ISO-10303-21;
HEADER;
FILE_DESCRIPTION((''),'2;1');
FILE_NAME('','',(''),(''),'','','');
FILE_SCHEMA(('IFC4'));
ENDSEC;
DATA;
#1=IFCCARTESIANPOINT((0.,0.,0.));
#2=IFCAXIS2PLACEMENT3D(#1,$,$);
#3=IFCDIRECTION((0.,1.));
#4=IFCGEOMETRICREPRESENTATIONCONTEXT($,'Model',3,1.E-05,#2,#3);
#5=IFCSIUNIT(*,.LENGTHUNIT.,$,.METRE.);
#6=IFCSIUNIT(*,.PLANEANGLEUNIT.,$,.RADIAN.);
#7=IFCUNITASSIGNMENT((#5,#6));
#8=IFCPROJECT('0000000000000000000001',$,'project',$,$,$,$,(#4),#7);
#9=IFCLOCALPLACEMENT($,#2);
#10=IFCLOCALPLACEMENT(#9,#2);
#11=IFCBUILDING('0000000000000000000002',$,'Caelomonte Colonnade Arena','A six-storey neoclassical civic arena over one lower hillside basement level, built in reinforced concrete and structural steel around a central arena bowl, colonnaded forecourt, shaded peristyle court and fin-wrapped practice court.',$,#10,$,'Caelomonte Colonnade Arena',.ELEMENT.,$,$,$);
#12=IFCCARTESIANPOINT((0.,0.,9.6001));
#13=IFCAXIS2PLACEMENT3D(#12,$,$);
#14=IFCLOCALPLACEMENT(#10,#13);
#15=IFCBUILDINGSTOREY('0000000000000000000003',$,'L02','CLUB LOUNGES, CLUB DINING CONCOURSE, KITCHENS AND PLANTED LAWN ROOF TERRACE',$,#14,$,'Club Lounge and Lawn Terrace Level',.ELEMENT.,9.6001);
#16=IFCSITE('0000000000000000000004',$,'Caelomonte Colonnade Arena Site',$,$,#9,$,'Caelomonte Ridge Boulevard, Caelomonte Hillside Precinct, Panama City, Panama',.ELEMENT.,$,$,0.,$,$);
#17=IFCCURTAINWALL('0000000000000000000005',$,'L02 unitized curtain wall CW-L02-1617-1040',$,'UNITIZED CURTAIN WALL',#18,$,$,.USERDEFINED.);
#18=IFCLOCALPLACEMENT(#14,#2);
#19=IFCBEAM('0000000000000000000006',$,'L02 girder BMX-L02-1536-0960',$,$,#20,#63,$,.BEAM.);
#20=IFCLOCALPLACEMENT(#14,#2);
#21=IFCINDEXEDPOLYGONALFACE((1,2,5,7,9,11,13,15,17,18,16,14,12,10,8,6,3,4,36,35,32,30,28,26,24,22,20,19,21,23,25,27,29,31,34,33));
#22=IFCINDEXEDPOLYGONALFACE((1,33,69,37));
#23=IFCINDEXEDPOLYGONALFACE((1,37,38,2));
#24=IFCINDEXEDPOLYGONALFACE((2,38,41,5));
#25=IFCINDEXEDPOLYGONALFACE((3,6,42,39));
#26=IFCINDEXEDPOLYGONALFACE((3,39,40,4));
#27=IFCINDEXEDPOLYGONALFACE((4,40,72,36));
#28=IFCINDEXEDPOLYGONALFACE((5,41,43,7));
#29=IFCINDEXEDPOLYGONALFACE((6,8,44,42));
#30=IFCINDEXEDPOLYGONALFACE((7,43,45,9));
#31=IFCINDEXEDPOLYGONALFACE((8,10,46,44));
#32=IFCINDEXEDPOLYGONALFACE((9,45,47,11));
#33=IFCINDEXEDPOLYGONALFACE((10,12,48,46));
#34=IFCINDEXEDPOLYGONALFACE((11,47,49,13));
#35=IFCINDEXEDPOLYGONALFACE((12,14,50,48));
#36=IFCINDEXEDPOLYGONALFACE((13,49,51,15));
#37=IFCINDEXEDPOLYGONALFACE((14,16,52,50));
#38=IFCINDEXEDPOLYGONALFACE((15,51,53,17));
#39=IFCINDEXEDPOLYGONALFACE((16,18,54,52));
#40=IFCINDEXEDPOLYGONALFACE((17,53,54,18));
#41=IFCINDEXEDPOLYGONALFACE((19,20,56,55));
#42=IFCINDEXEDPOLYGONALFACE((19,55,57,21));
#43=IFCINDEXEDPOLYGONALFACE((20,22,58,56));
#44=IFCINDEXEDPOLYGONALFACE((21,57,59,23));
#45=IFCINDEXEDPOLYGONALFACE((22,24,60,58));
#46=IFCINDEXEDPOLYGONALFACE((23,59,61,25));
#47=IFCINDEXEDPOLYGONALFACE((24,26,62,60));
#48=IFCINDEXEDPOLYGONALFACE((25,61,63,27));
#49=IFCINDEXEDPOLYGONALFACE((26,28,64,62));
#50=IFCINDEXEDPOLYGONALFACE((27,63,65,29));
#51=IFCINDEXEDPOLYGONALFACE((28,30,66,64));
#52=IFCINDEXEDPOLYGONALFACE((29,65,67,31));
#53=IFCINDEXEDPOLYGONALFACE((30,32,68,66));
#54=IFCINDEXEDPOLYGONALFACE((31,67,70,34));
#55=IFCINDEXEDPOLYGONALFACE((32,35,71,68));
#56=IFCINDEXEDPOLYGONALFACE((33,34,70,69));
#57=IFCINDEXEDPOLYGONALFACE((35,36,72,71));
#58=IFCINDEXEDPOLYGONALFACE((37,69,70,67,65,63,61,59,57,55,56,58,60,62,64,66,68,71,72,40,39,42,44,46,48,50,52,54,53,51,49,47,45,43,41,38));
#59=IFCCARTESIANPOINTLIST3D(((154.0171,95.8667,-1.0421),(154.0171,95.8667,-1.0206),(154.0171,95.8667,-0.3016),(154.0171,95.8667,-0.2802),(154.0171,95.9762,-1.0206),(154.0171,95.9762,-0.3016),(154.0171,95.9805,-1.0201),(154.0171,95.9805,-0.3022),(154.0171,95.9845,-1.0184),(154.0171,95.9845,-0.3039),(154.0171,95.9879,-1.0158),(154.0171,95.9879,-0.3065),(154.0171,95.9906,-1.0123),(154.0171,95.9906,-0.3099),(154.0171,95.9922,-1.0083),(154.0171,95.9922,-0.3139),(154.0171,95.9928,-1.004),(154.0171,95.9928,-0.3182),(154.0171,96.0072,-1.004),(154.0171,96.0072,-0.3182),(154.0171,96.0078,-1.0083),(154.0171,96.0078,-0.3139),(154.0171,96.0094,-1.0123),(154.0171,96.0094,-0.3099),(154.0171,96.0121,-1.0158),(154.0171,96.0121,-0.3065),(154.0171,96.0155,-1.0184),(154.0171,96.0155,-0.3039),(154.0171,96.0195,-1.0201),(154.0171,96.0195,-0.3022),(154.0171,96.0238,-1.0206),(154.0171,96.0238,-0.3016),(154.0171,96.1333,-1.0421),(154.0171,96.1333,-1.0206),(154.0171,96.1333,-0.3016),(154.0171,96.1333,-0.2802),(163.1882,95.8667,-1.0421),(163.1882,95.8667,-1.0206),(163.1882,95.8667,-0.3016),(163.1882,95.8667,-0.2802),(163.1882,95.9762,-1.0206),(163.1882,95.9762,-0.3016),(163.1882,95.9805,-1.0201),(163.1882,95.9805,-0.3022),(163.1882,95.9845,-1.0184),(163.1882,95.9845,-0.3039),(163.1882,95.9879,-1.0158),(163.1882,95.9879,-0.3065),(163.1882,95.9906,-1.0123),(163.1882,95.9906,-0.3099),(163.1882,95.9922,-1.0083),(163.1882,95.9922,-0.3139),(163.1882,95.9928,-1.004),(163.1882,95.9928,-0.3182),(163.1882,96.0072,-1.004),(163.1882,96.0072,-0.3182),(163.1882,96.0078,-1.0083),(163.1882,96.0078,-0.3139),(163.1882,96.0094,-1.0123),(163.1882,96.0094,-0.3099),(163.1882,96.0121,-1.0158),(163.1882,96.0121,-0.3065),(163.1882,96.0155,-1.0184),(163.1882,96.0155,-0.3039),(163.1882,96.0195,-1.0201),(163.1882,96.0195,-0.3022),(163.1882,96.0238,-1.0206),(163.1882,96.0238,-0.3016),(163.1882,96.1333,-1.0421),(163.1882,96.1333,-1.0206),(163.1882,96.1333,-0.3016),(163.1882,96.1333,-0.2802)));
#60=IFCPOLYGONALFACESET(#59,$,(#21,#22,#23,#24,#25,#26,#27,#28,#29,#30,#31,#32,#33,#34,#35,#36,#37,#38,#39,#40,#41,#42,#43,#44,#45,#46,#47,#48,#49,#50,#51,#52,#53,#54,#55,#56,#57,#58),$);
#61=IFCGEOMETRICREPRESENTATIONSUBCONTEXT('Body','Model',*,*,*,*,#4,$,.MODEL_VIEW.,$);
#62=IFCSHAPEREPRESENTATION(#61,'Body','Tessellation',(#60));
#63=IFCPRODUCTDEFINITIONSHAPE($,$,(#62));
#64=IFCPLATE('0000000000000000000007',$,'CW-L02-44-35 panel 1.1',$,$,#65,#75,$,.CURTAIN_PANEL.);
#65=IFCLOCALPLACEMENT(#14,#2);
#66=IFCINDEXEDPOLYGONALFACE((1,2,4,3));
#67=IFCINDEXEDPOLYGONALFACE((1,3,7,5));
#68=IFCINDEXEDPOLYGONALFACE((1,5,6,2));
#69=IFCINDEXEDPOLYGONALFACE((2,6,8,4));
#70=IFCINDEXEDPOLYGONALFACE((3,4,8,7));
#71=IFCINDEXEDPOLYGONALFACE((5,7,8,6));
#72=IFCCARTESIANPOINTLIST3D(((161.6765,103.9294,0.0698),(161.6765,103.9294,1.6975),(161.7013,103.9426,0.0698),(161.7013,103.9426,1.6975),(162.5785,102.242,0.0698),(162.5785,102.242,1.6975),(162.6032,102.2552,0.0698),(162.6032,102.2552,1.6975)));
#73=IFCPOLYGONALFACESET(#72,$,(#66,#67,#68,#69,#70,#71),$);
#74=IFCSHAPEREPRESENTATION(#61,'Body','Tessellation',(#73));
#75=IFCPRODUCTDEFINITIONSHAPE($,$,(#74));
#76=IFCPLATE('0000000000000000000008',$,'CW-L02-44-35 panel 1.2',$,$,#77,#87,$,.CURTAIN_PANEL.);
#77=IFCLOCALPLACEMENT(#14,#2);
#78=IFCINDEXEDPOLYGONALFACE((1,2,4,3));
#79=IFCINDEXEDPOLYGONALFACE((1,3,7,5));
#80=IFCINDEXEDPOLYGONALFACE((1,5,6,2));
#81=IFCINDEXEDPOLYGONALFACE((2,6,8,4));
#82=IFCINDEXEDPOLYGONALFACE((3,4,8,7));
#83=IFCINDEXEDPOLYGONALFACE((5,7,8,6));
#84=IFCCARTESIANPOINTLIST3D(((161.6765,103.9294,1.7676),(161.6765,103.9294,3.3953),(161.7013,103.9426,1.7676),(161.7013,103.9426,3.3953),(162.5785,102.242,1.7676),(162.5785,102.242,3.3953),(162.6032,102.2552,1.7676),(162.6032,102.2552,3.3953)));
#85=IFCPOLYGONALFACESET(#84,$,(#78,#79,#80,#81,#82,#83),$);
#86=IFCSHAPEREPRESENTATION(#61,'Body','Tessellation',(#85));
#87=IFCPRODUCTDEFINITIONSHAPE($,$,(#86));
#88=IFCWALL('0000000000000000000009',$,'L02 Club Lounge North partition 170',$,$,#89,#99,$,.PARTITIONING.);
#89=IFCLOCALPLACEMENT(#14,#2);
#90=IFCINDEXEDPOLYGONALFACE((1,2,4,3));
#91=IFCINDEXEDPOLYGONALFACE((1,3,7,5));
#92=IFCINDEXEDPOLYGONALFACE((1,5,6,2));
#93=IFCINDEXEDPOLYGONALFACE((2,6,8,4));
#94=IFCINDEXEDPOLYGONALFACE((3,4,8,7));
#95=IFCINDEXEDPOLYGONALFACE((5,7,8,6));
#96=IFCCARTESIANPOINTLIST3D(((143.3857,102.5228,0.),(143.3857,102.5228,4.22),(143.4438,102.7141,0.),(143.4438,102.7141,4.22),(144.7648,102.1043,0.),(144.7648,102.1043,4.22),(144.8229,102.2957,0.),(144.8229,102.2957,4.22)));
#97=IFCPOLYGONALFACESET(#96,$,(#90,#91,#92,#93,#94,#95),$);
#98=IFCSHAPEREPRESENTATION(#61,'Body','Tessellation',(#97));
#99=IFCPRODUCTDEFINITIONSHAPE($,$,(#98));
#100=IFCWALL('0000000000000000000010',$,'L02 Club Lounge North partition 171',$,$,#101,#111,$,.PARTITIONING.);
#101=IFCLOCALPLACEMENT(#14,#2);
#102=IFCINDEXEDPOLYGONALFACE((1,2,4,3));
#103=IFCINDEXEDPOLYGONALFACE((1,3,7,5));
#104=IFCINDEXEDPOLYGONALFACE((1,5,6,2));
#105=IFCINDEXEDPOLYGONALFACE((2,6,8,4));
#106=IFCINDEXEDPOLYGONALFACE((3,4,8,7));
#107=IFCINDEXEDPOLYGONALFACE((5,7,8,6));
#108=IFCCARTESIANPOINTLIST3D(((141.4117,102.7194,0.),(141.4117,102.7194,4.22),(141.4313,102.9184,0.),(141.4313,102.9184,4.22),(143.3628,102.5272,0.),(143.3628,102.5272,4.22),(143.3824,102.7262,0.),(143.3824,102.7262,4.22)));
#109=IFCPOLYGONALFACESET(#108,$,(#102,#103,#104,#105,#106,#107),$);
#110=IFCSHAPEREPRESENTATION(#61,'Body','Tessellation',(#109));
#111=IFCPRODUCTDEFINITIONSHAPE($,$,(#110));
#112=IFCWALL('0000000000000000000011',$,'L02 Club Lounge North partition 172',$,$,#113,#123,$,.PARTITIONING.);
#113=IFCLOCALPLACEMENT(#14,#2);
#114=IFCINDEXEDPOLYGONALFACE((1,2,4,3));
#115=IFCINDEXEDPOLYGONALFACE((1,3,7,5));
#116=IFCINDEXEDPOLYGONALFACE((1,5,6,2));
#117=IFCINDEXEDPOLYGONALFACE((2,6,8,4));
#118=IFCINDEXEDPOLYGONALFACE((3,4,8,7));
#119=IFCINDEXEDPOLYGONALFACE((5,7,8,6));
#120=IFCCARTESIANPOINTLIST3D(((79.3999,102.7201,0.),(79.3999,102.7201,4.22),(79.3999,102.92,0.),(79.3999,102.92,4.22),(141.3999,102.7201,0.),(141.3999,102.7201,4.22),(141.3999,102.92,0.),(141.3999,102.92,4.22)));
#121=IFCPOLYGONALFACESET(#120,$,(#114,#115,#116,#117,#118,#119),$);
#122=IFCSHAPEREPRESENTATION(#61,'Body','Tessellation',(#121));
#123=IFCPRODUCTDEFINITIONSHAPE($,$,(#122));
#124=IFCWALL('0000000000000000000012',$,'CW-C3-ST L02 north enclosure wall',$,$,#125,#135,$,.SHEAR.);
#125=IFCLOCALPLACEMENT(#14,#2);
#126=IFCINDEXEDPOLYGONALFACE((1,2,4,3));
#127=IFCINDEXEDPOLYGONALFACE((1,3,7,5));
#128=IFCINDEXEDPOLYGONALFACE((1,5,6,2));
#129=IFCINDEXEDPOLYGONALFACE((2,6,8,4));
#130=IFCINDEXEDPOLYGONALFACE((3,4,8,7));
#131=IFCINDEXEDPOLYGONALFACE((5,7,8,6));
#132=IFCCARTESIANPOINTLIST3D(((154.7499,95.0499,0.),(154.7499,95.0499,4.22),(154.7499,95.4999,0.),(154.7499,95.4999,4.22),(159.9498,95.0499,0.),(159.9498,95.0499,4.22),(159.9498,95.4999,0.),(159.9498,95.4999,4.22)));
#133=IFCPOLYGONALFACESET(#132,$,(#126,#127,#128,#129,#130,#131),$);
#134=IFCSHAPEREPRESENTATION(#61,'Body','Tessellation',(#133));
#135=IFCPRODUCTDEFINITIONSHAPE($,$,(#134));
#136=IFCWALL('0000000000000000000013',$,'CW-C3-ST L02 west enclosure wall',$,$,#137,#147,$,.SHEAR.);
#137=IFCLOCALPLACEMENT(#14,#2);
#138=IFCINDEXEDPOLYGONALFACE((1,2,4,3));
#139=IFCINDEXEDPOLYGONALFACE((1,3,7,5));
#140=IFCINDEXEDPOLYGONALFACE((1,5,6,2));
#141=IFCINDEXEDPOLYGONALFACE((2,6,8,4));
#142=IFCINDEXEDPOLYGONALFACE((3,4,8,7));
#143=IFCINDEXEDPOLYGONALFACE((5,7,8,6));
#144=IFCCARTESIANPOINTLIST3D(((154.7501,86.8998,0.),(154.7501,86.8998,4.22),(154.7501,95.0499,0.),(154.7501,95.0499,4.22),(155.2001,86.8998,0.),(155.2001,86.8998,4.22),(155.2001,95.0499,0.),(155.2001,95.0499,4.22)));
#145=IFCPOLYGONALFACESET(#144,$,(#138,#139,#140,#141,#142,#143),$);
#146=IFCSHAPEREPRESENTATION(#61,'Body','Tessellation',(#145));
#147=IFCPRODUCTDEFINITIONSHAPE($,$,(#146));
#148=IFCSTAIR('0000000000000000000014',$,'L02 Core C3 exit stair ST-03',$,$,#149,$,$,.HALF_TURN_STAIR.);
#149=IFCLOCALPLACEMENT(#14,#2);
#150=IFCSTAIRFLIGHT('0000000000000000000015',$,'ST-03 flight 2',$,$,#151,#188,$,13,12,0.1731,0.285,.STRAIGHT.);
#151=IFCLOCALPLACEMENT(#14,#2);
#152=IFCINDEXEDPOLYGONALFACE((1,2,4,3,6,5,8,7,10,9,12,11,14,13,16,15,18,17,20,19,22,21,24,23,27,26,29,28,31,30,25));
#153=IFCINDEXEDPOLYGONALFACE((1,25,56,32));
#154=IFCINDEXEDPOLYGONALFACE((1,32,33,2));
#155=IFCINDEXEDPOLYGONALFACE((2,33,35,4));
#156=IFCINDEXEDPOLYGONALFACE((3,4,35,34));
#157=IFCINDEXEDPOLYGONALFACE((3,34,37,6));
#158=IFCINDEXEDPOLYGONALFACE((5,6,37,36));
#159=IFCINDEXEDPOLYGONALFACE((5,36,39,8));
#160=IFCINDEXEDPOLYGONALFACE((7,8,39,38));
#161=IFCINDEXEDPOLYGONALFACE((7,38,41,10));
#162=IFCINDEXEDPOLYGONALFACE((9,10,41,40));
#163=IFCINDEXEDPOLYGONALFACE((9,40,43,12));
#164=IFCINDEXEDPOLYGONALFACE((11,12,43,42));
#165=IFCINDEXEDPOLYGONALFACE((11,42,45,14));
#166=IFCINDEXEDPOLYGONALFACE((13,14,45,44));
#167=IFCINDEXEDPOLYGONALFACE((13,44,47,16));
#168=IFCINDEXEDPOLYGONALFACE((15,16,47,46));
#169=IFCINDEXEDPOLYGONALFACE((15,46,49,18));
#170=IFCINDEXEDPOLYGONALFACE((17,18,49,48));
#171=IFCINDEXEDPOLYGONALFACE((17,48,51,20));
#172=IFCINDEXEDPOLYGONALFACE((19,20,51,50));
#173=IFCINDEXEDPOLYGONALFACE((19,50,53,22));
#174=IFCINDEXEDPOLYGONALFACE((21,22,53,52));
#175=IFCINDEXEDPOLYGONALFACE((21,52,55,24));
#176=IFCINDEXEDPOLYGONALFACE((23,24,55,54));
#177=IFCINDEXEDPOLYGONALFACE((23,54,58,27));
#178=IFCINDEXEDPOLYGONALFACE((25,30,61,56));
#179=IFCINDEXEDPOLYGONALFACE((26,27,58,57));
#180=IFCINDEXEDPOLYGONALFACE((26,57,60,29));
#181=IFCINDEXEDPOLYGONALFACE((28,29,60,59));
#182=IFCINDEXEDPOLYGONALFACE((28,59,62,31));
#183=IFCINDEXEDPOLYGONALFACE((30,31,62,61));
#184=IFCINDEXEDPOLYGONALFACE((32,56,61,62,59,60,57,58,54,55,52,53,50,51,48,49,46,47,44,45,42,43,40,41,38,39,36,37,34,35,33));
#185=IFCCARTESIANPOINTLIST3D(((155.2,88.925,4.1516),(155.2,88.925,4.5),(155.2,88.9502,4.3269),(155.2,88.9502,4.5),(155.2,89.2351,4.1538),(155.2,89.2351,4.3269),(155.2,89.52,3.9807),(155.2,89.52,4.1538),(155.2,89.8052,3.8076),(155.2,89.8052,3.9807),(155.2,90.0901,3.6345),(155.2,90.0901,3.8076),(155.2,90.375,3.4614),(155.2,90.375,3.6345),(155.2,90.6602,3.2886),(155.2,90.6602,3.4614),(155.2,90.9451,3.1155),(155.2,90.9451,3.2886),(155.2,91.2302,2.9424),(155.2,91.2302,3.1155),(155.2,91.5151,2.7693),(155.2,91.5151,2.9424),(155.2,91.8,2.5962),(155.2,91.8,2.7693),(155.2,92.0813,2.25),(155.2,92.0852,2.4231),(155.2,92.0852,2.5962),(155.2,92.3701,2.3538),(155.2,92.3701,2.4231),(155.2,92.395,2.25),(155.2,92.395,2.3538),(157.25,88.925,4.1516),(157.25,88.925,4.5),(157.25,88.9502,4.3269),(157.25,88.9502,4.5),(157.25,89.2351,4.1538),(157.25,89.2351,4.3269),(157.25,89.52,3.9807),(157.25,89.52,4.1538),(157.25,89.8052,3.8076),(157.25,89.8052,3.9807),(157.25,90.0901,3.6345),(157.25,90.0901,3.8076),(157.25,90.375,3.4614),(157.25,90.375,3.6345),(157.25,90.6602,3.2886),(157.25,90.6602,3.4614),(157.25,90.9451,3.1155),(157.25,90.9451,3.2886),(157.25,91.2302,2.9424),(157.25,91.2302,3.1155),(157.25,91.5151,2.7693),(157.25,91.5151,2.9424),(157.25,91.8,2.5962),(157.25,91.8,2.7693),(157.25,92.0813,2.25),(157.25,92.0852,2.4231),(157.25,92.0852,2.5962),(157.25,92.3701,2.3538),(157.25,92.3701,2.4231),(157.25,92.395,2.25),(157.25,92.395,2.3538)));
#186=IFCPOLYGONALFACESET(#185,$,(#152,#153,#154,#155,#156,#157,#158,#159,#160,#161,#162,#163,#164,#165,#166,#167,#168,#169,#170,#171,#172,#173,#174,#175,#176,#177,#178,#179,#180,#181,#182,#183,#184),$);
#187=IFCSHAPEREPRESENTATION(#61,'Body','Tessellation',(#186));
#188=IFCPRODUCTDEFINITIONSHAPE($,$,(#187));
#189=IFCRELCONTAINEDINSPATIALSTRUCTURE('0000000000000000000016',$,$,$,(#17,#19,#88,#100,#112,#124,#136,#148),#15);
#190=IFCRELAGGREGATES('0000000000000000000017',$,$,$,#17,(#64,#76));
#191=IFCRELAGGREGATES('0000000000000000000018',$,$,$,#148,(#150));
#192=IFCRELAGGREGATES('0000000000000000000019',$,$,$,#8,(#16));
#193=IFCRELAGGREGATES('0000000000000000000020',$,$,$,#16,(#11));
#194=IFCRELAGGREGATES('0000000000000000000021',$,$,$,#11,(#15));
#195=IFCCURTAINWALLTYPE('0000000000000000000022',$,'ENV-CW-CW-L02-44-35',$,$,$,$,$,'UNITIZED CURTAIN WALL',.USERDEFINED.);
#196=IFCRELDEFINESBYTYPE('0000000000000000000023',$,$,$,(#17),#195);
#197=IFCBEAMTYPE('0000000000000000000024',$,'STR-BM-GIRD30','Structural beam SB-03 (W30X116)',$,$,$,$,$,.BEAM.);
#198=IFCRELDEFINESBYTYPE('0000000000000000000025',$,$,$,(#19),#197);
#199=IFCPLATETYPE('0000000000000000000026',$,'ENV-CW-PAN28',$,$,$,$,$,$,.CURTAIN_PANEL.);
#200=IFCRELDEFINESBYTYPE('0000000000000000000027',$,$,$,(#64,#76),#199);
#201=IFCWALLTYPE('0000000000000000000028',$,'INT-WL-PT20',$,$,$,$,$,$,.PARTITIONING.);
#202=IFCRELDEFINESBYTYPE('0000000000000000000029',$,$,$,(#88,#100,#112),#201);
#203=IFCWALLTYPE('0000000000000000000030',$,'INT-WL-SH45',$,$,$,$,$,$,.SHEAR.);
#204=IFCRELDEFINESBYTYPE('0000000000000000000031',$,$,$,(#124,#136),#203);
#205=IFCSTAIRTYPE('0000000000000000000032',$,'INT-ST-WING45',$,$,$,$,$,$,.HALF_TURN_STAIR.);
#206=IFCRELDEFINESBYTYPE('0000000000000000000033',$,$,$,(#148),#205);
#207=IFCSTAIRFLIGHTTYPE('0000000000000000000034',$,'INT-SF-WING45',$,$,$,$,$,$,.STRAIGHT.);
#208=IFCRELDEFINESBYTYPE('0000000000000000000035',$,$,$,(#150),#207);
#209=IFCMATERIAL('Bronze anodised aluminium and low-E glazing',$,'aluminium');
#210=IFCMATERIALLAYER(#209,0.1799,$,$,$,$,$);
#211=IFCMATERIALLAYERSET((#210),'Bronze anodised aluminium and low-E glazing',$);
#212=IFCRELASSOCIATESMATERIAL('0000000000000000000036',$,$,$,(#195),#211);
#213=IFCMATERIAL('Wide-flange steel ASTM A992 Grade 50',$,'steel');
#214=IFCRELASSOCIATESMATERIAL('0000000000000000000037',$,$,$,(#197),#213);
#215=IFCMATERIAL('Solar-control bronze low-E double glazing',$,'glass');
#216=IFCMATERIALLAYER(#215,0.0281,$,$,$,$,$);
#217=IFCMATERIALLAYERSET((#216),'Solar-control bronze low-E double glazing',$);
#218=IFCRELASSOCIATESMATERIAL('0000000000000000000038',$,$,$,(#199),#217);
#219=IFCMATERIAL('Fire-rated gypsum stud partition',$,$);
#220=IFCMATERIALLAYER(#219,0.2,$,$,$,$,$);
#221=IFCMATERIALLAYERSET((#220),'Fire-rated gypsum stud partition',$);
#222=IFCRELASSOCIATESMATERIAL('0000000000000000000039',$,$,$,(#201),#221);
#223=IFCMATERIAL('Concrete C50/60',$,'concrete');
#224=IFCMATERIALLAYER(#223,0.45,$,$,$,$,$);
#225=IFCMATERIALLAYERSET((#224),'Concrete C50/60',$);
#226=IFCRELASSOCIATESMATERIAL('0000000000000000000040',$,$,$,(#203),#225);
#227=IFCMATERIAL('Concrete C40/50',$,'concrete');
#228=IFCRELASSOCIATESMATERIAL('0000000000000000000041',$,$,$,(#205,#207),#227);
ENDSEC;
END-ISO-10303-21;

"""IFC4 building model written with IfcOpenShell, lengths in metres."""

from ifc_helpers import new_model, si_unit, direction, frame, frame_2d, origin, origin_2d, place, context, subcontext, project, spatial, polyline, rectangle, i_section, outline, extrude, material, layer, layer_set, material_profile, profile_set, type_object, element, aggregate, save


model = new_model("IFC4")

# Units and contexts
model_context = context("Model", 3, precision=1e-05, world=origin(), true_north=direction((0.0, 1.0)))
body_context = subcontext(model_context, "Body", "Model", "MODEL_VIEW")
ifc_project = project(units=[si_unit("LENGTHUNIT", "METRE"), si_unit("PLANEANGLEUNIT", "RADIAN")], contexts=[model_context])

# Site, building, storey
site_placement = place(None, origin())
site = spatial("IfcSite", under=ifc_project, at=site_placement, Name="Caelomonte Colonnade Arena Site", LongName="Caelomonte Ridge Boulevard, Caelomonte Hillside Precinct, Panama City, Panama", CompositionType="ELEMENT", RefElevation=0.0)
building_placement = place(site_placement, origin())
building = spatial("IfcBuilding", under=site, at=building_placement, Name="Caelomonte Colonnade Arena", Description="A six-storey neoclassical civic arena over one lower hillside basement level, built in reinforced concrete and structural steel around a central arena bowl, colonnaded forecourt, shaded peristyle court and fin-wrapped practice court.", LongName="Caelomonte Colonnade Arena", CompositionType="ELEMENT")
storey_placement = place(building_placement, frame((0.0, 0.0, 9.6001)))
storey = spatial("IfcBuildingStorey", under=building, at=storey_placement, Name="L02", Description="CLUB LOUNGES, CLUB DINING CONCOURSE, KITCHENS AND PLANTED LAWN ROOF TERRACE", LongName="Club Lounge and Lawn Terrace Level", CompositionType="ELEMENT", Elevation=9.6001)

# Shared definitions
ifc_material_1 = material(Name="Concrete C50/60", Category="concrete")

# Curtain wall
ifc_material_2 = material(Name="Bronze anodised aluminium and low-E glazing", Category="aluminium")
ifc_layer_1 = layer(ifc_material_2, 0.1799)
ifc_layer_set_1 = layer_set([ifc_layer_1], Name="Bronze anodised aluminium and low-E glazing")
curtain_wall_type = type_object("IfcCurtainWallType", Name="ENV-CW-CW-L02-44-35", ElementType="UNITIZED CURTAIN WALL", PredefinedType="USERDEFINED", material=ifc_layer_set_1)
curtain_wall_placement = place(storey_placement, origin())
curtain_wall = element("IfcCurtainWall", 1, at=curtain_wall_placement, inside=storey, type_object=curtain_wall_type, Name="L02 unitized curtain wall CW-L02-1617-1040", ObjectType="UNITIZED CURTAIN WALL", PredefinedType="USERDEFINED")

# Beam
ifc_material_3 = material(Name="Wide-flange steel ASTM A992 Grade 50", Category="steel")
ifc_material_profile_1 = material_profile(ifc_material_3, i_section(OverallWidth=0.2666, OverallDepth=0.762, WebThickness=0.0144, FlangeThickness=0.0215, FilletRadius=0.0166, at=origin_2d()), Name="W30X116")
ifc_profile_set_1 = profile_set([ifc_material_profile_1], Name="Wide-flange steel ASTM A992 Grade 50")
beam_type_1 = type_object("IfcBeamType", Name="STR-BM-GIRD30", Description="Structural beam SB-03 (W30X116)", PredefinedType="BEAM", material=ifc_profile_set_1)
beam_1_placement = place(storey_placement, frame((154.0171, 96.0, -0.6611), z_axis=(1.0, 0.0, 0.0), x_axis=(0.0, 1.0, 0.0)))
element("IfcBeam", 2, at=beam_1_placement, inside=storey, type_object=beam_type_1, Name="L02 girder BMX-L02-1536-0960", PredefinedType="BEAM", context=body_context, shape_type="SweptSolid", body=[
    extrude(i_section(OverallWidth=0.2666, OverallDepth=0.762, WebThickness=0.0144, FlangeThickness=0.0215, FilletRadius=0.0166, at=origin_2d()), origin(), (0.0, 0.0, 1.0), 9.1711),
])

# Plates
ifc_material_4 = material(Name="Solar-control bronze low-E double glazing", Category="glass")
ifc_layer_2 = layer(ifc_material_4, 0.0281)
ifc_layer_set_2 = layer_set([ifc_layer_2], Name="Solar-control bronze low-E double glazing")
plate_type = type_object("IfcPlateType", Name="ENV-CW-PAN28", PredefinedType="CURTAIN_PANEL", material=ifc_layer_set_2)
plate_1_placement = place(storey_placement, frame((162.1399, 103.0923, 0.0698), z_axis=(0.0, 0.0, 1.0), x_axis=(-0.471394, 0.881923, 0.0)))
plate_1 = element("IfcPlate", 3, at=plate_1_placement, type_object=plate_type, Name="CW-L02-44-35 panel 1.1", PredefinedType="CURTAIN_PANEL", context=body_context, shape_type="SweptSolid", body=[
    extrude(rectangle(XDim=1.9133, YDim=0.0281, at=origin_2d()), origin(), (0.0, 0.0, 1.0), 1.6277),
])
plate_2_placement = place(storey_placement, frame((162.1399, 103.0923, 1.7676), z_axis=(0.0, 0.0, 1.0), x_axis=(-0.471394, 0.881923, 0.0)))
plate_2 = element("IfcPlate", 4, at=plate_2_placement, type_object=plate_type, Name="CW-L02-44-35 panel 1.2", PredefinedType="CURTAIN_PANEL", context=body_context, shape_type="SweptSolid", body=[
    extrude(rectangle(XDim=1.9133, YDim=0.0281, at=origin_2d()), origin(), (0.0, 0.0, 1.0), 1.6277),
])
aggregate(curtain_wall, [plate_1, plate_2])

# Walls
ifc_material_5 = material(Name="Fire-rated gypsum stud partition")
ifc_layer_3 = layer(ifc_material_5, 0.2)
ifc_layer_set_3 = layer_set([ifc_layer_3], Name="Fire-rated gypsum stud partition")
wall_type_1 = type_object("IfcWallType", Name="INT-WL-PT20", PredefinedType="PARTITIONING", material=ifc_layer_set_3)
wall_1_placement = place(storey_placement, frame((144.7939, 102.2, 0.0), z_axis=(0.0, 0.0, 1.0), x_axis=(-0.956922, 0.290346, 0.0)))
element("IfcWall", 5, at=wall_1_placement, inside=storey, type_object=wall_type_1, Name="L02 Club Lounge North partition 170", PredefinedType="PARTITIONING", context=body_context, shape_type="SweptSolid", body=[
    extrude(rectangle(XDim=1.4412, YDim=0.2, at=frame_2d((0.7207, 0.0))), origin(), (0.0, 0.0, 1.0), 4.22),
])
wall_2_placement = place(storey_placement, frame((143.3726, 102.6267, 0.0), z_axis=(0.0, 0.0, 1.0), x_axis=(-0.995185, 0.098012, 0.0)))
element("IfcWall", 6, at=wall_2_placement, inside=storey, type_object=wall_type_1, Name="L02 Club Lounge North partition 171", PredefinedType="PARTITIONING", context=body_context, shape_type="SweptSolid", body=[
    extrude(rectangle(XDim=1.9604, YDim=0.2, at=frame_2d((0.9802, 0.0))), origin(), (0.0, 0.0, 1.0), 4.22),
])
wall_3_placement = place(storey_placement, frame((141.3999, 102.8201, 0.0), z_axis=(0.0, 0.0, 1.0), x_axis=(-1.0, 0.0, 0.0)))
element("IfcWall", 7, at=wall_3_placement, inside=storey, type_object=wall_type_1, Name="L02 Club Lounge North partition 172", PredefinedType="PARTITIONING", context=body_context, shape_type="SweptSolid", body=[
    extrude(rectangle(XDim=62.0, YDim=0.2, at=frame_2d((31.0, 0.0))), origin(), (0.0, 0.0, 1.0), 4.22),
])
ifc_layer_4 = layer(ifc_material_1, 0.45)
ifc_layer_set_4 = layer_set([ifc_layer_4], Name="Concrete C50/60")
wall_type_2 = type_object("IfcWallType", Name="INT-WL-SH45", PredefinedType="SHEAR", material=ifc_layer_set_4)
wall_4_placement = place(storey_placement, frame((159.95, 95.2749, 0.0), z_axis=(0.0, 0.0, 1.0), x_axis=(-1.0, 0.0, 0.0)))
element("IfcWall", 8, at=wall_4_placement, inside=storey, type_object=wall_type_2, Name="CW-C3-ST L02 north enclosure wall", PredefinedType="SHEAR", context=body_context, shape_type="SweptSolid", body=[
    extrude(rectangle(XDim=5.2, YDim=0.45, at=frame_2d((2.6001, 0.0))), origin(), (0.0, 0.0, 1.0), 4.22),
])
wall_5_placement = place(storey_placement, frame((154.9751, 95.05, 0.0), z_axis=(0.0, 0.0, 1.0), x_axis=(0.0, -1.0, 0.0)))
element("IfcWall", 9, at=wall_5_placement, inside=storey, type_object=wall_type_2, Name="CW-C3-ST L02 west enclosure wall", PredefinedType="SHEAR", context=body_context, shape_type="SweptSolid", body=[
    extrude(rectangle(XDim=8.1501, YDim=0.45, at=frame_2d((4.0752, 0.0))), origin(), (0.0, 0.0, 1.0), 4.22),
])

# Stair, stair flight
ifc_material_6 = material(Name="Concrete C40/50", Category="concrete")
stair_type = type_object("IfcStairType", Name="INT-ST-WING45", PredefinedType="HALF_TURN_STAIR", material=ifc_material_6)
stair_placement = place(storey_placement, origin())
stair = element("IfcStair", 10, at=stair_placement, inside=storey, type_object=stair_type, Name="L02 Core C3 exit stair ST-03", PredefinedType="HALF_TURN_STAIR")
stair_flight_type = type_object("IfcStairFlightType", Name="INT-SF-WING45", PredefinedType="STRAIGHT", material=ifc_material_6)
stair_flight_placement = place(storey_placement, frame((156.2251, 92.3701, 2.25), z_axis=(0.0, 0.0, 1.0), x_axis=(0.0, -1.0, 0.0)))
stair_flight = element("IfcStairFlight", 11, at=stair_flight_placement, type_object=stair_flight_type, Name="ST-03 flight 2", NumberOfRisers=13, NumberOfTreads=12, PredefinedType="STRAIGHT", RiserHeight=0.1731, TreadLength=0.285, context=body_context, shape_type="SweptSolid", body=[
    extrude(outline(polyline([(-0.0249, 0.0), (-0.0249, 0.1038), (0.0, 0.1038), (0.0, 0.1731), (0.2849, 0.1731), (0.2849, 0.3462), (0.5701, 0.3462), (0.5701, 0.5193), (0.855, 0.5193), (0.855, 0.6924), (1.1399, 0.6924), (1.1399, 0.8655), (1.425, 0.8655), (1.425, 1.0386), (1.71, 1.0386), (1.71, 1.2114), (1.9951, 1.2114), (1.9951, 1.3845), (2.28, 1.3845), (2.28, 1.5576), (2.5649, 1.5576), (2.5649, 1.7307), (2.8501, 1.7307), (2.8501, 1.9038), (3.135, 1.9038), (3.135, 2.0769), (3.4199, 2.0769), (3.4199, 2.25), (3.4451, 2.25), (3.4451, 1.9016), (0.2888, 0.0), (-0.0249, 0.0)])), frame((0.0, 1.0249, 0.0), z_axis=(0.0, -1.0, 0.0), x_axis=(1.0, 0.0, 0.0)), (0.0, 0.0, 1.0), 2.05),
])
aggregate(stair, [stair_flight])

save(model, "model.ifc")
